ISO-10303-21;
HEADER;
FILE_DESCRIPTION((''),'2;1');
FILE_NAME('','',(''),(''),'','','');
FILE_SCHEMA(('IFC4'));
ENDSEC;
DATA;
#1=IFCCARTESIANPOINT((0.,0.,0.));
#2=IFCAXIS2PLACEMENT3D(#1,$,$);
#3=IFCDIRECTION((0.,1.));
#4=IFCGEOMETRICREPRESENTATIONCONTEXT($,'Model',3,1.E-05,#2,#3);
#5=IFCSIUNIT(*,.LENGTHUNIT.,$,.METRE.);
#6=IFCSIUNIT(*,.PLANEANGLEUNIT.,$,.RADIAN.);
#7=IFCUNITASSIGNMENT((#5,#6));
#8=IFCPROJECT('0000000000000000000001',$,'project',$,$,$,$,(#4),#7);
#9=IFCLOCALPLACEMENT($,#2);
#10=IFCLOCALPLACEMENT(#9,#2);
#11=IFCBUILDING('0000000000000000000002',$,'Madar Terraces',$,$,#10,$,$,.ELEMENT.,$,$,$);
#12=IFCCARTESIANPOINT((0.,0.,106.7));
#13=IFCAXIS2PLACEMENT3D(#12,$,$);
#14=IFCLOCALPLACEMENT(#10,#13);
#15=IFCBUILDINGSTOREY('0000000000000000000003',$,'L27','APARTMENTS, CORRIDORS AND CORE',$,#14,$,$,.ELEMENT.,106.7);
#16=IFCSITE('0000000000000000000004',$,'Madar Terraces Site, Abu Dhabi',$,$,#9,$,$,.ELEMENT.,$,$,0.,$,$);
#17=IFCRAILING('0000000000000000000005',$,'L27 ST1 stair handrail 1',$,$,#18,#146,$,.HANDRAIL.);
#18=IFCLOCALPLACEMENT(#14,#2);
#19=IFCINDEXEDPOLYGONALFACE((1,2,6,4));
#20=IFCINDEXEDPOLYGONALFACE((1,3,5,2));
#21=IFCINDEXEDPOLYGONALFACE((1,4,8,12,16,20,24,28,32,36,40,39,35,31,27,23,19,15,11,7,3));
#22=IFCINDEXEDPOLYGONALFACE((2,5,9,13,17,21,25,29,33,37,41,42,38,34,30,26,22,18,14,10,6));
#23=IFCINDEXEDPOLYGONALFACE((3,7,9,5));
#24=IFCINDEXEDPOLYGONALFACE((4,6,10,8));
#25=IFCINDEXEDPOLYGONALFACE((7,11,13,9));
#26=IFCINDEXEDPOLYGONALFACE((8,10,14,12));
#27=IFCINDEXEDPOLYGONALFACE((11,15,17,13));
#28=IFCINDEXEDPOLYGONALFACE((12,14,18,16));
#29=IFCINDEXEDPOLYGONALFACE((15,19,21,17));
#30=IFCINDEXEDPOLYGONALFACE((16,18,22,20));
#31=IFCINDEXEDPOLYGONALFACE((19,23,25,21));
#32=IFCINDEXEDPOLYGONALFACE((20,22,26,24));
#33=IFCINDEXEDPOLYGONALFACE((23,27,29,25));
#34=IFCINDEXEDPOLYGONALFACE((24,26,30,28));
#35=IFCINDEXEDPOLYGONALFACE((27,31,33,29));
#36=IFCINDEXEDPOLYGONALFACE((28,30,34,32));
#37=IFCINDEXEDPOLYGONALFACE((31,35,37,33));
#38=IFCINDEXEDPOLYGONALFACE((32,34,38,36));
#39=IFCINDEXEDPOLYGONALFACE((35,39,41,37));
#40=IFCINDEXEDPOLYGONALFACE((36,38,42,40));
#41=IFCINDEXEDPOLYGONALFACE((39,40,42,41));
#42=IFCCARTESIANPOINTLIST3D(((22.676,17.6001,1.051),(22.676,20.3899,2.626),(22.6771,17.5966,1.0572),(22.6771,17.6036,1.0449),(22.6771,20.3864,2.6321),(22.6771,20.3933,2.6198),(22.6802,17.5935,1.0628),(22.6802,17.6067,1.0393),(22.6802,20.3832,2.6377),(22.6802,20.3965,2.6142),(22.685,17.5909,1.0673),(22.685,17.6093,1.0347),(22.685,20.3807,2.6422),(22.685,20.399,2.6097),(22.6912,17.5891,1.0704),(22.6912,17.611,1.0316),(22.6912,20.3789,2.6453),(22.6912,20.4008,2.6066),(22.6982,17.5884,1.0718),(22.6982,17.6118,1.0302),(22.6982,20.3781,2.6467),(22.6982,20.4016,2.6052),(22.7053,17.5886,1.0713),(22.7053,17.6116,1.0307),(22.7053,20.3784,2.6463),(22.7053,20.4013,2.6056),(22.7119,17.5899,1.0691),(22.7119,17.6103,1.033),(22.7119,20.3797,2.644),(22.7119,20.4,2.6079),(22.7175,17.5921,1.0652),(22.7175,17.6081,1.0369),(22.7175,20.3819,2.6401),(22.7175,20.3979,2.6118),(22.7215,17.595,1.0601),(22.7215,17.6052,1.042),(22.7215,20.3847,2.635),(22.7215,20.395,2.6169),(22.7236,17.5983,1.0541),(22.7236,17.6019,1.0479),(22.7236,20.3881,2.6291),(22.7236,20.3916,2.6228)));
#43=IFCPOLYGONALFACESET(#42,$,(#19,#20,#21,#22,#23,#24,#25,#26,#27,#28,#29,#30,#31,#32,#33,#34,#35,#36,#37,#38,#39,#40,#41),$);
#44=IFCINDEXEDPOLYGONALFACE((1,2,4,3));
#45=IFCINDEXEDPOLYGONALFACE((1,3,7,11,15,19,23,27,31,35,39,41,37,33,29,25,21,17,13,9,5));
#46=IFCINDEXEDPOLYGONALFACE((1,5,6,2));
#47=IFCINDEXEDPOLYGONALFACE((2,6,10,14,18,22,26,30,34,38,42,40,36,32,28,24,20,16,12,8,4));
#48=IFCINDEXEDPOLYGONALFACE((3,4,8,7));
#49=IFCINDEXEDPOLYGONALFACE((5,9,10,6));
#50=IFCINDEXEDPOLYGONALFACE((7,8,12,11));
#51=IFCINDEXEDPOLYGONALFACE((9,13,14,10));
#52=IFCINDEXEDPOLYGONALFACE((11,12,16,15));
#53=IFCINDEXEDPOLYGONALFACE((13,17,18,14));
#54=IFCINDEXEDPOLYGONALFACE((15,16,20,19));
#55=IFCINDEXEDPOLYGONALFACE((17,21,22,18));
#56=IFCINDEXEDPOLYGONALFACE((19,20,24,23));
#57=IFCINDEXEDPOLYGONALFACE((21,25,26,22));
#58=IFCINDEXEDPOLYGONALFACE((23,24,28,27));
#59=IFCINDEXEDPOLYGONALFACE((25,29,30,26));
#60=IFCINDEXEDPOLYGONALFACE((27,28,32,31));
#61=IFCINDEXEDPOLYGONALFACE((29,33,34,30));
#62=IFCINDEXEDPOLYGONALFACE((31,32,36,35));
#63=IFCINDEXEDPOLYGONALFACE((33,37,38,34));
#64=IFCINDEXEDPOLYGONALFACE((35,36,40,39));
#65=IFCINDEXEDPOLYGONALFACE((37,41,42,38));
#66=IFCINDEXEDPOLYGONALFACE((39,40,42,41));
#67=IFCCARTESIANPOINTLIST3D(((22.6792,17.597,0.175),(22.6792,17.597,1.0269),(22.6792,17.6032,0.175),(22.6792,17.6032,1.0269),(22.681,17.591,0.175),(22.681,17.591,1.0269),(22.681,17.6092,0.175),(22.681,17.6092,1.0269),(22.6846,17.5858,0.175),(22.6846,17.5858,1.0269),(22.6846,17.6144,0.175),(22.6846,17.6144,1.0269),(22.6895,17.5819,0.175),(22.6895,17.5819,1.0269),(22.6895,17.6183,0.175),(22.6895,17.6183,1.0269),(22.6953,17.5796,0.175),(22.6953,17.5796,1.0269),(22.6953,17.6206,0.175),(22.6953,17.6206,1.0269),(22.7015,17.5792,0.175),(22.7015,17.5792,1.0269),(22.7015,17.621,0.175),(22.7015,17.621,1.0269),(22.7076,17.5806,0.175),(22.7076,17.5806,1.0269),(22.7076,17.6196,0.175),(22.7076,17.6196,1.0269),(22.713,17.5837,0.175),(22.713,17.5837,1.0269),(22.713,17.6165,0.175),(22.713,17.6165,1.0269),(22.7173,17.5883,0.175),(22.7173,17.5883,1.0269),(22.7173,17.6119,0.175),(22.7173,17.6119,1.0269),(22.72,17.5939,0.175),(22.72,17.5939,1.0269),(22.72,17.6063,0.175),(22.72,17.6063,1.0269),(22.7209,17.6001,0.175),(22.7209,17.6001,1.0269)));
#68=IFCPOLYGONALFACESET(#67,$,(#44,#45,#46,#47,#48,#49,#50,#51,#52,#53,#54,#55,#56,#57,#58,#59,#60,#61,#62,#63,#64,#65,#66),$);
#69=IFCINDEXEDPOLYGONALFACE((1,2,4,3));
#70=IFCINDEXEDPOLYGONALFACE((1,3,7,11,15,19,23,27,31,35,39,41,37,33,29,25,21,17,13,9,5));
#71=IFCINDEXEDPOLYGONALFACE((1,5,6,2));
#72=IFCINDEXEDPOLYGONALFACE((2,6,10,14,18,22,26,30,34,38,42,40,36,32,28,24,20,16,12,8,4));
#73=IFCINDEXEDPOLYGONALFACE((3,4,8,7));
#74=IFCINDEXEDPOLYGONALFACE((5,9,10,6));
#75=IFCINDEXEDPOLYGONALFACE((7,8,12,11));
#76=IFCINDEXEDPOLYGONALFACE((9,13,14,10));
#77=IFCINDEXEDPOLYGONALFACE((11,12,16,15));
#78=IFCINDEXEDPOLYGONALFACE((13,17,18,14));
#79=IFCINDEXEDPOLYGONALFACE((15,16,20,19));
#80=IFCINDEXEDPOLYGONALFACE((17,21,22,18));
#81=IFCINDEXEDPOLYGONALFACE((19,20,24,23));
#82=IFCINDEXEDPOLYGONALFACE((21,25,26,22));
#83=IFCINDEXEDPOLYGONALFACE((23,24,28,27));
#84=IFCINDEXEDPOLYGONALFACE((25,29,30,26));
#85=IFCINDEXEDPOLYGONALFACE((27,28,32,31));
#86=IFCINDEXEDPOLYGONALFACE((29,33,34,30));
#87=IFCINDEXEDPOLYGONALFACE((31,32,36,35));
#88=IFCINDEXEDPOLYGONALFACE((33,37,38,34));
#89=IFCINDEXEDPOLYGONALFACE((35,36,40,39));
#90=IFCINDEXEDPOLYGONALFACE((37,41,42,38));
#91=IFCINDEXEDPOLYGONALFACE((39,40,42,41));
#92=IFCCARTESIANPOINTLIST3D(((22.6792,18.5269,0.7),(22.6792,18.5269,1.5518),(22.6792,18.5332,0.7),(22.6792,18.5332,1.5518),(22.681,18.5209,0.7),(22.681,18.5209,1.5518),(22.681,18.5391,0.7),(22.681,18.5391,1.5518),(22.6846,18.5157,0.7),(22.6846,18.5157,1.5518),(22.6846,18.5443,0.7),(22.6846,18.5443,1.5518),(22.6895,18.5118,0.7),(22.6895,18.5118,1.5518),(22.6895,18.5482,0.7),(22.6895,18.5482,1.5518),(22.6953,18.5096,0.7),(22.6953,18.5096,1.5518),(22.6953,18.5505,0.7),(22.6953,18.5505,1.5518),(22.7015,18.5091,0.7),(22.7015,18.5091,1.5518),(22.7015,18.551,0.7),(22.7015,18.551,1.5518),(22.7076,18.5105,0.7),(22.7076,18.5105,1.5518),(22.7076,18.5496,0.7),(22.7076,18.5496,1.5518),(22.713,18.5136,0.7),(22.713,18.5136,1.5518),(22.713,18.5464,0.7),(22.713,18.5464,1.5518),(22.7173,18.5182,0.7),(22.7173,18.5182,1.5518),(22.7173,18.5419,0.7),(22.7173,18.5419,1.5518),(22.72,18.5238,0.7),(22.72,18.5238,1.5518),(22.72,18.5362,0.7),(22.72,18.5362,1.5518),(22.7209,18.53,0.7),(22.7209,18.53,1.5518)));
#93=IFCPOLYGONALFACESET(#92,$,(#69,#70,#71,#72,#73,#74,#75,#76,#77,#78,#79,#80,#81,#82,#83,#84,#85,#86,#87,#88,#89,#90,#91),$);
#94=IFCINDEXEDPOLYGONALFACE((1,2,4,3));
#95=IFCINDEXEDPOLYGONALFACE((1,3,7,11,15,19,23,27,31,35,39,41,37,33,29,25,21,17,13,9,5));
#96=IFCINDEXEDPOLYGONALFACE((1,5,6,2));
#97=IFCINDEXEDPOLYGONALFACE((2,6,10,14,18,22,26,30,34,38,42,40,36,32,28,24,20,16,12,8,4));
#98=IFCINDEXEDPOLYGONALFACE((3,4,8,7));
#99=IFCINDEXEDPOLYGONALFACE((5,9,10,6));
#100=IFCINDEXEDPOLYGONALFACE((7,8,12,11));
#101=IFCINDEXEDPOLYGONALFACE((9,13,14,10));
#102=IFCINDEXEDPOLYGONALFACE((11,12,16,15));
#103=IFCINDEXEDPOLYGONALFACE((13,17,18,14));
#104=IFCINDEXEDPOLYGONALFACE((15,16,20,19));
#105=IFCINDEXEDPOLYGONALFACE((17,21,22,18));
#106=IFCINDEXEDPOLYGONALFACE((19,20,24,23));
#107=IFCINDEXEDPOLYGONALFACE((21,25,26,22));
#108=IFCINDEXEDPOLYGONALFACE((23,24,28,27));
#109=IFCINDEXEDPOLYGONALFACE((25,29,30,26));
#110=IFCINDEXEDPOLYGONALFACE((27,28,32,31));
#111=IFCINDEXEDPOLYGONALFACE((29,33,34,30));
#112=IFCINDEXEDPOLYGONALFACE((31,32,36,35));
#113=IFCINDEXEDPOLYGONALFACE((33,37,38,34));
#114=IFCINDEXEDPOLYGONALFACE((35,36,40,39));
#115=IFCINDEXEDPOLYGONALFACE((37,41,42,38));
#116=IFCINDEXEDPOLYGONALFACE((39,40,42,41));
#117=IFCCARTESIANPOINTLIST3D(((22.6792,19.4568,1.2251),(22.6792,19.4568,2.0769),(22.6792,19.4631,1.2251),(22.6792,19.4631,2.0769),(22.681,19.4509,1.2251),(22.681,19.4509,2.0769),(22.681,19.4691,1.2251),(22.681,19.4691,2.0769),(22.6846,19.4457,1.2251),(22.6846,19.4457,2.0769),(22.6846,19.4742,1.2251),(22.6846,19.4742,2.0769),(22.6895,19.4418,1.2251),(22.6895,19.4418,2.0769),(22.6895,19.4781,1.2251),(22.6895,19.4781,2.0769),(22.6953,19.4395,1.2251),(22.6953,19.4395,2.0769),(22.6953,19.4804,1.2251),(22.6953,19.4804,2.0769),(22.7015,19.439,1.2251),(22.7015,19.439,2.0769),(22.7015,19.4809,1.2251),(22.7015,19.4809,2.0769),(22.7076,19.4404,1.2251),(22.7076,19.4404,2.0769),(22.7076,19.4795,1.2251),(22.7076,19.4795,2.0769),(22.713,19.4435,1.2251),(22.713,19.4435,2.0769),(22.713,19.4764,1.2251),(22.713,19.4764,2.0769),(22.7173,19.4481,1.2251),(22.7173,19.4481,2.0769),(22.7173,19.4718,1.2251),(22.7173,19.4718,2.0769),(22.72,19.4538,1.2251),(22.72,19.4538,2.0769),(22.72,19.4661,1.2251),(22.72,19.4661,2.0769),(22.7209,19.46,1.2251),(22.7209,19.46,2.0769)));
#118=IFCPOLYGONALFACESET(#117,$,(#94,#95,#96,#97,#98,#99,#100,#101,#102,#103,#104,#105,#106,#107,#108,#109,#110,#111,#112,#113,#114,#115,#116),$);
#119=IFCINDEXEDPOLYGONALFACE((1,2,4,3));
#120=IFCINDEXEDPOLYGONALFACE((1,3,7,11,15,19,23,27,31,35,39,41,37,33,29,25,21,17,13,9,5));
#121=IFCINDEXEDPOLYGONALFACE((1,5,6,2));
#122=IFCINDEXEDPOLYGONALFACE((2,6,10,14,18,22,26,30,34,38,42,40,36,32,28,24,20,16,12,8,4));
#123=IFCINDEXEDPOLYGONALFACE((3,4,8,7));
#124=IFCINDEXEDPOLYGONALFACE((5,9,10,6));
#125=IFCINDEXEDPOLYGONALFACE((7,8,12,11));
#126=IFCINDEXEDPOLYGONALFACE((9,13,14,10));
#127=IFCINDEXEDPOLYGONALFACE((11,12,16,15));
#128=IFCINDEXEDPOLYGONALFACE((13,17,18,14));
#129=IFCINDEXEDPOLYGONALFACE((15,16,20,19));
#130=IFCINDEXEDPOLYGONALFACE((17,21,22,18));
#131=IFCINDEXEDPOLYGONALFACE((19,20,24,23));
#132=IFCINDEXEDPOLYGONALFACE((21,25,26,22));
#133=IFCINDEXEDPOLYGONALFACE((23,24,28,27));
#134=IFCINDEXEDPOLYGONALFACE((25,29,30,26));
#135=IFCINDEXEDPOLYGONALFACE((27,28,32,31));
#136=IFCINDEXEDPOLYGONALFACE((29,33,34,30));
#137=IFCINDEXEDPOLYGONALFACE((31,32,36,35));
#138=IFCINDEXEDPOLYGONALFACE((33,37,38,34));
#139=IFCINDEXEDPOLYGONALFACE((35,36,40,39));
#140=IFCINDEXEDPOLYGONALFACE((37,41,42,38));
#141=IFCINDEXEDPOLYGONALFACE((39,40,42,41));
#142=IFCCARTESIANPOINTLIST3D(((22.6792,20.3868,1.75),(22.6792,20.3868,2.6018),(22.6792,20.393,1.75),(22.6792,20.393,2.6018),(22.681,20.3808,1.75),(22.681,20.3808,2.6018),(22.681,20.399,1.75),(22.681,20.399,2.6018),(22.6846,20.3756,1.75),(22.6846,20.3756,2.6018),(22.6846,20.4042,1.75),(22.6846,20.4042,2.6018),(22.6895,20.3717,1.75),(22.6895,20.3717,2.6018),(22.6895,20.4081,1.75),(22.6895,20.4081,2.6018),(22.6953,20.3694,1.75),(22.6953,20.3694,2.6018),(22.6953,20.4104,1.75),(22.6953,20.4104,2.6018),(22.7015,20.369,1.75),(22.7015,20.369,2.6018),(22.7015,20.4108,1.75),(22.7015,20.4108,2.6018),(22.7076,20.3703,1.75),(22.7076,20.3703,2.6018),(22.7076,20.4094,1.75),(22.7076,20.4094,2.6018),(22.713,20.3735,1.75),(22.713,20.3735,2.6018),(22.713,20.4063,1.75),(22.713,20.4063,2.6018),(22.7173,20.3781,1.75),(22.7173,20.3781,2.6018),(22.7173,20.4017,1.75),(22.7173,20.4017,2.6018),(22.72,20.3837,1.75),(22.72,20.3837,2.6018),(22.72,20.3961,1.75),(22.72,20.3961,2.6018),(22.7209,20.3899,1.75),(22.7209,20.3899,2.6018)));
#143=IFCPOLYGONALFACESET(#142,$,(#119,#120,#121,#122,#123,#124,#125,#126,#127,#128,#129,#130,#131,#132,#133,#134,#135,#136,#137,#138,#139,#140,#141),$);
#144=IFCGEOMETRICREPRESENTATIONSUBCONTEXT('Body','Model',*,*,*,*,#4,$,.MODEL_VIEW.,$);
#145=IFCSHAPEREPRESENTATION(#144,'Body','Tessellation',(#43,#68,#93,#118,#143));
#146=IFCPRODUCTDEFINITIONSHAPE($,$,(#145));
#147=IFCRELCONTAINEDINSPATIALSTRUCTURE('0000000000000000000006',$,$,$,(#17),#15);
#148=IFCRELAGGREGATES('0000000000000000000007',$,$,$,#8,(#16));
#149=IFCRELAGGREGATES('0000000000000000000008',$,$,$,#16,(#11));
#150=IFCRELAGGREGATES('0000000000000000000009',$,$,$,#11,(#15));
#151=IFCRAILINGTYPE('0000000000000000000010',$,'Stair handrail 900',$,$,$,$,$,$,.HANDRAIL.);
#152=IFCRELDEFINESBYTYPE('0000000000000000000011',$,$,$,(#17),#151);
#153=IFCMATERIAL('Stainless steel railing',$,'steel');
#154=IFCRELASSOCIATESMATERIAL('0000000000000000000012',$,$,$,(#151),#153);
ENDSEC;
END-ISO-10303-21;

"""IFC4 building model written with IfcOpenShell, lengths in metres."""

from ifc_helpers import new_model, si_unit, direction, frame, origin, origin_2d, place, context, subcontext, project, spatial, circle, extrude, material, type_object, element, save


model = new_model("IFC4")

# Units and contexts
model_context = context("Model", 3, precision=1e-05, world=origin(), true_north=direction((0.0, 1.0)))
body_context = subcontext(model_context, "Body", "Model", "MODEL_VIEW")
ifc_project = project(units=[si_unit("LENGTHUNIT", "METRE"), si_unit("PLANEANGLEUNIT", "RADIAN")], contexts=[model_context])

# Site, building, storey
site_placement = place(None, origin())
site = spatial("IfcSite", under=ifc_project, at=site_placement, Name="Madar Terraces Site, Abu Dhabi", CompositionType="ELEMENT", RefElevation=0.0)
building_placement = place(site_placement, origin())
building = spatial("IfcBuilding", under=site, at=building_placement, Name="Madar Terraces", CompositionType="ELEMENT")
storey_placement = place(building_placement, frame((0.0, 0.0, 106.7)))
storey = spatial("IfcBuildingStorey", under=building, at=storey_placement, Name="L27", Description="APARTMENTS, CORRIDORS AND CORE", CompositionType="ELEMENT", Elevation=106.7)

# Railing
ifc_material_1 = material(Name="Stainless steel railing", Category="steel")
railing_type_1 = type_object("IfcRailingType", Name="Stair handrail 900", PredefinedType="HANDRAIL", material=ifc_material_1)
railing_1_placement = place(storey_placement, frame((22.7, 17.6001, 0.175)))
element("IfcRailing", 1, at=railing_1_placement, inside=storey, type_object=railing_type_1, Name="L27 ST1 stair handrail 1", PredefinedType="HANDRAIL", context=body_context, shape_type="SweptSolid", body=[
    extrude(circle(Radius=0.0239, at=origin_2d()), frame((0.0, 0.0, 0.876), z_axis=(0.0, 0.870815, 0.49161), x_axis=(-1.0, 0.0, 0.0)), (0.0, 0.0, 1.0), 3.2036),
    extrude(circle(Radius=0.021, at=origin_2d()), origin(), (0.0, 0.0, 1.0), 0.8518),
    extrude(circle(Radius=0.021, at=origin_2d()), frame((0.0, 0.9299, 0.5249)), (0.0, 0.0, 1.0), 0.8518),
    extrude(circle(Radius=0.021, at=origin_2d()), frame((0.0, 1.8599, 1.05)), (0.0, 0.0, 1.0), 0.8518),
    extrude(circle(Radius=0.021, at=origin_2d()), frame((0.0, 2.7898, 1.575)), (0.0, 0.0, 1.0), 0.8518),
])

save(model, "model.ifc")
